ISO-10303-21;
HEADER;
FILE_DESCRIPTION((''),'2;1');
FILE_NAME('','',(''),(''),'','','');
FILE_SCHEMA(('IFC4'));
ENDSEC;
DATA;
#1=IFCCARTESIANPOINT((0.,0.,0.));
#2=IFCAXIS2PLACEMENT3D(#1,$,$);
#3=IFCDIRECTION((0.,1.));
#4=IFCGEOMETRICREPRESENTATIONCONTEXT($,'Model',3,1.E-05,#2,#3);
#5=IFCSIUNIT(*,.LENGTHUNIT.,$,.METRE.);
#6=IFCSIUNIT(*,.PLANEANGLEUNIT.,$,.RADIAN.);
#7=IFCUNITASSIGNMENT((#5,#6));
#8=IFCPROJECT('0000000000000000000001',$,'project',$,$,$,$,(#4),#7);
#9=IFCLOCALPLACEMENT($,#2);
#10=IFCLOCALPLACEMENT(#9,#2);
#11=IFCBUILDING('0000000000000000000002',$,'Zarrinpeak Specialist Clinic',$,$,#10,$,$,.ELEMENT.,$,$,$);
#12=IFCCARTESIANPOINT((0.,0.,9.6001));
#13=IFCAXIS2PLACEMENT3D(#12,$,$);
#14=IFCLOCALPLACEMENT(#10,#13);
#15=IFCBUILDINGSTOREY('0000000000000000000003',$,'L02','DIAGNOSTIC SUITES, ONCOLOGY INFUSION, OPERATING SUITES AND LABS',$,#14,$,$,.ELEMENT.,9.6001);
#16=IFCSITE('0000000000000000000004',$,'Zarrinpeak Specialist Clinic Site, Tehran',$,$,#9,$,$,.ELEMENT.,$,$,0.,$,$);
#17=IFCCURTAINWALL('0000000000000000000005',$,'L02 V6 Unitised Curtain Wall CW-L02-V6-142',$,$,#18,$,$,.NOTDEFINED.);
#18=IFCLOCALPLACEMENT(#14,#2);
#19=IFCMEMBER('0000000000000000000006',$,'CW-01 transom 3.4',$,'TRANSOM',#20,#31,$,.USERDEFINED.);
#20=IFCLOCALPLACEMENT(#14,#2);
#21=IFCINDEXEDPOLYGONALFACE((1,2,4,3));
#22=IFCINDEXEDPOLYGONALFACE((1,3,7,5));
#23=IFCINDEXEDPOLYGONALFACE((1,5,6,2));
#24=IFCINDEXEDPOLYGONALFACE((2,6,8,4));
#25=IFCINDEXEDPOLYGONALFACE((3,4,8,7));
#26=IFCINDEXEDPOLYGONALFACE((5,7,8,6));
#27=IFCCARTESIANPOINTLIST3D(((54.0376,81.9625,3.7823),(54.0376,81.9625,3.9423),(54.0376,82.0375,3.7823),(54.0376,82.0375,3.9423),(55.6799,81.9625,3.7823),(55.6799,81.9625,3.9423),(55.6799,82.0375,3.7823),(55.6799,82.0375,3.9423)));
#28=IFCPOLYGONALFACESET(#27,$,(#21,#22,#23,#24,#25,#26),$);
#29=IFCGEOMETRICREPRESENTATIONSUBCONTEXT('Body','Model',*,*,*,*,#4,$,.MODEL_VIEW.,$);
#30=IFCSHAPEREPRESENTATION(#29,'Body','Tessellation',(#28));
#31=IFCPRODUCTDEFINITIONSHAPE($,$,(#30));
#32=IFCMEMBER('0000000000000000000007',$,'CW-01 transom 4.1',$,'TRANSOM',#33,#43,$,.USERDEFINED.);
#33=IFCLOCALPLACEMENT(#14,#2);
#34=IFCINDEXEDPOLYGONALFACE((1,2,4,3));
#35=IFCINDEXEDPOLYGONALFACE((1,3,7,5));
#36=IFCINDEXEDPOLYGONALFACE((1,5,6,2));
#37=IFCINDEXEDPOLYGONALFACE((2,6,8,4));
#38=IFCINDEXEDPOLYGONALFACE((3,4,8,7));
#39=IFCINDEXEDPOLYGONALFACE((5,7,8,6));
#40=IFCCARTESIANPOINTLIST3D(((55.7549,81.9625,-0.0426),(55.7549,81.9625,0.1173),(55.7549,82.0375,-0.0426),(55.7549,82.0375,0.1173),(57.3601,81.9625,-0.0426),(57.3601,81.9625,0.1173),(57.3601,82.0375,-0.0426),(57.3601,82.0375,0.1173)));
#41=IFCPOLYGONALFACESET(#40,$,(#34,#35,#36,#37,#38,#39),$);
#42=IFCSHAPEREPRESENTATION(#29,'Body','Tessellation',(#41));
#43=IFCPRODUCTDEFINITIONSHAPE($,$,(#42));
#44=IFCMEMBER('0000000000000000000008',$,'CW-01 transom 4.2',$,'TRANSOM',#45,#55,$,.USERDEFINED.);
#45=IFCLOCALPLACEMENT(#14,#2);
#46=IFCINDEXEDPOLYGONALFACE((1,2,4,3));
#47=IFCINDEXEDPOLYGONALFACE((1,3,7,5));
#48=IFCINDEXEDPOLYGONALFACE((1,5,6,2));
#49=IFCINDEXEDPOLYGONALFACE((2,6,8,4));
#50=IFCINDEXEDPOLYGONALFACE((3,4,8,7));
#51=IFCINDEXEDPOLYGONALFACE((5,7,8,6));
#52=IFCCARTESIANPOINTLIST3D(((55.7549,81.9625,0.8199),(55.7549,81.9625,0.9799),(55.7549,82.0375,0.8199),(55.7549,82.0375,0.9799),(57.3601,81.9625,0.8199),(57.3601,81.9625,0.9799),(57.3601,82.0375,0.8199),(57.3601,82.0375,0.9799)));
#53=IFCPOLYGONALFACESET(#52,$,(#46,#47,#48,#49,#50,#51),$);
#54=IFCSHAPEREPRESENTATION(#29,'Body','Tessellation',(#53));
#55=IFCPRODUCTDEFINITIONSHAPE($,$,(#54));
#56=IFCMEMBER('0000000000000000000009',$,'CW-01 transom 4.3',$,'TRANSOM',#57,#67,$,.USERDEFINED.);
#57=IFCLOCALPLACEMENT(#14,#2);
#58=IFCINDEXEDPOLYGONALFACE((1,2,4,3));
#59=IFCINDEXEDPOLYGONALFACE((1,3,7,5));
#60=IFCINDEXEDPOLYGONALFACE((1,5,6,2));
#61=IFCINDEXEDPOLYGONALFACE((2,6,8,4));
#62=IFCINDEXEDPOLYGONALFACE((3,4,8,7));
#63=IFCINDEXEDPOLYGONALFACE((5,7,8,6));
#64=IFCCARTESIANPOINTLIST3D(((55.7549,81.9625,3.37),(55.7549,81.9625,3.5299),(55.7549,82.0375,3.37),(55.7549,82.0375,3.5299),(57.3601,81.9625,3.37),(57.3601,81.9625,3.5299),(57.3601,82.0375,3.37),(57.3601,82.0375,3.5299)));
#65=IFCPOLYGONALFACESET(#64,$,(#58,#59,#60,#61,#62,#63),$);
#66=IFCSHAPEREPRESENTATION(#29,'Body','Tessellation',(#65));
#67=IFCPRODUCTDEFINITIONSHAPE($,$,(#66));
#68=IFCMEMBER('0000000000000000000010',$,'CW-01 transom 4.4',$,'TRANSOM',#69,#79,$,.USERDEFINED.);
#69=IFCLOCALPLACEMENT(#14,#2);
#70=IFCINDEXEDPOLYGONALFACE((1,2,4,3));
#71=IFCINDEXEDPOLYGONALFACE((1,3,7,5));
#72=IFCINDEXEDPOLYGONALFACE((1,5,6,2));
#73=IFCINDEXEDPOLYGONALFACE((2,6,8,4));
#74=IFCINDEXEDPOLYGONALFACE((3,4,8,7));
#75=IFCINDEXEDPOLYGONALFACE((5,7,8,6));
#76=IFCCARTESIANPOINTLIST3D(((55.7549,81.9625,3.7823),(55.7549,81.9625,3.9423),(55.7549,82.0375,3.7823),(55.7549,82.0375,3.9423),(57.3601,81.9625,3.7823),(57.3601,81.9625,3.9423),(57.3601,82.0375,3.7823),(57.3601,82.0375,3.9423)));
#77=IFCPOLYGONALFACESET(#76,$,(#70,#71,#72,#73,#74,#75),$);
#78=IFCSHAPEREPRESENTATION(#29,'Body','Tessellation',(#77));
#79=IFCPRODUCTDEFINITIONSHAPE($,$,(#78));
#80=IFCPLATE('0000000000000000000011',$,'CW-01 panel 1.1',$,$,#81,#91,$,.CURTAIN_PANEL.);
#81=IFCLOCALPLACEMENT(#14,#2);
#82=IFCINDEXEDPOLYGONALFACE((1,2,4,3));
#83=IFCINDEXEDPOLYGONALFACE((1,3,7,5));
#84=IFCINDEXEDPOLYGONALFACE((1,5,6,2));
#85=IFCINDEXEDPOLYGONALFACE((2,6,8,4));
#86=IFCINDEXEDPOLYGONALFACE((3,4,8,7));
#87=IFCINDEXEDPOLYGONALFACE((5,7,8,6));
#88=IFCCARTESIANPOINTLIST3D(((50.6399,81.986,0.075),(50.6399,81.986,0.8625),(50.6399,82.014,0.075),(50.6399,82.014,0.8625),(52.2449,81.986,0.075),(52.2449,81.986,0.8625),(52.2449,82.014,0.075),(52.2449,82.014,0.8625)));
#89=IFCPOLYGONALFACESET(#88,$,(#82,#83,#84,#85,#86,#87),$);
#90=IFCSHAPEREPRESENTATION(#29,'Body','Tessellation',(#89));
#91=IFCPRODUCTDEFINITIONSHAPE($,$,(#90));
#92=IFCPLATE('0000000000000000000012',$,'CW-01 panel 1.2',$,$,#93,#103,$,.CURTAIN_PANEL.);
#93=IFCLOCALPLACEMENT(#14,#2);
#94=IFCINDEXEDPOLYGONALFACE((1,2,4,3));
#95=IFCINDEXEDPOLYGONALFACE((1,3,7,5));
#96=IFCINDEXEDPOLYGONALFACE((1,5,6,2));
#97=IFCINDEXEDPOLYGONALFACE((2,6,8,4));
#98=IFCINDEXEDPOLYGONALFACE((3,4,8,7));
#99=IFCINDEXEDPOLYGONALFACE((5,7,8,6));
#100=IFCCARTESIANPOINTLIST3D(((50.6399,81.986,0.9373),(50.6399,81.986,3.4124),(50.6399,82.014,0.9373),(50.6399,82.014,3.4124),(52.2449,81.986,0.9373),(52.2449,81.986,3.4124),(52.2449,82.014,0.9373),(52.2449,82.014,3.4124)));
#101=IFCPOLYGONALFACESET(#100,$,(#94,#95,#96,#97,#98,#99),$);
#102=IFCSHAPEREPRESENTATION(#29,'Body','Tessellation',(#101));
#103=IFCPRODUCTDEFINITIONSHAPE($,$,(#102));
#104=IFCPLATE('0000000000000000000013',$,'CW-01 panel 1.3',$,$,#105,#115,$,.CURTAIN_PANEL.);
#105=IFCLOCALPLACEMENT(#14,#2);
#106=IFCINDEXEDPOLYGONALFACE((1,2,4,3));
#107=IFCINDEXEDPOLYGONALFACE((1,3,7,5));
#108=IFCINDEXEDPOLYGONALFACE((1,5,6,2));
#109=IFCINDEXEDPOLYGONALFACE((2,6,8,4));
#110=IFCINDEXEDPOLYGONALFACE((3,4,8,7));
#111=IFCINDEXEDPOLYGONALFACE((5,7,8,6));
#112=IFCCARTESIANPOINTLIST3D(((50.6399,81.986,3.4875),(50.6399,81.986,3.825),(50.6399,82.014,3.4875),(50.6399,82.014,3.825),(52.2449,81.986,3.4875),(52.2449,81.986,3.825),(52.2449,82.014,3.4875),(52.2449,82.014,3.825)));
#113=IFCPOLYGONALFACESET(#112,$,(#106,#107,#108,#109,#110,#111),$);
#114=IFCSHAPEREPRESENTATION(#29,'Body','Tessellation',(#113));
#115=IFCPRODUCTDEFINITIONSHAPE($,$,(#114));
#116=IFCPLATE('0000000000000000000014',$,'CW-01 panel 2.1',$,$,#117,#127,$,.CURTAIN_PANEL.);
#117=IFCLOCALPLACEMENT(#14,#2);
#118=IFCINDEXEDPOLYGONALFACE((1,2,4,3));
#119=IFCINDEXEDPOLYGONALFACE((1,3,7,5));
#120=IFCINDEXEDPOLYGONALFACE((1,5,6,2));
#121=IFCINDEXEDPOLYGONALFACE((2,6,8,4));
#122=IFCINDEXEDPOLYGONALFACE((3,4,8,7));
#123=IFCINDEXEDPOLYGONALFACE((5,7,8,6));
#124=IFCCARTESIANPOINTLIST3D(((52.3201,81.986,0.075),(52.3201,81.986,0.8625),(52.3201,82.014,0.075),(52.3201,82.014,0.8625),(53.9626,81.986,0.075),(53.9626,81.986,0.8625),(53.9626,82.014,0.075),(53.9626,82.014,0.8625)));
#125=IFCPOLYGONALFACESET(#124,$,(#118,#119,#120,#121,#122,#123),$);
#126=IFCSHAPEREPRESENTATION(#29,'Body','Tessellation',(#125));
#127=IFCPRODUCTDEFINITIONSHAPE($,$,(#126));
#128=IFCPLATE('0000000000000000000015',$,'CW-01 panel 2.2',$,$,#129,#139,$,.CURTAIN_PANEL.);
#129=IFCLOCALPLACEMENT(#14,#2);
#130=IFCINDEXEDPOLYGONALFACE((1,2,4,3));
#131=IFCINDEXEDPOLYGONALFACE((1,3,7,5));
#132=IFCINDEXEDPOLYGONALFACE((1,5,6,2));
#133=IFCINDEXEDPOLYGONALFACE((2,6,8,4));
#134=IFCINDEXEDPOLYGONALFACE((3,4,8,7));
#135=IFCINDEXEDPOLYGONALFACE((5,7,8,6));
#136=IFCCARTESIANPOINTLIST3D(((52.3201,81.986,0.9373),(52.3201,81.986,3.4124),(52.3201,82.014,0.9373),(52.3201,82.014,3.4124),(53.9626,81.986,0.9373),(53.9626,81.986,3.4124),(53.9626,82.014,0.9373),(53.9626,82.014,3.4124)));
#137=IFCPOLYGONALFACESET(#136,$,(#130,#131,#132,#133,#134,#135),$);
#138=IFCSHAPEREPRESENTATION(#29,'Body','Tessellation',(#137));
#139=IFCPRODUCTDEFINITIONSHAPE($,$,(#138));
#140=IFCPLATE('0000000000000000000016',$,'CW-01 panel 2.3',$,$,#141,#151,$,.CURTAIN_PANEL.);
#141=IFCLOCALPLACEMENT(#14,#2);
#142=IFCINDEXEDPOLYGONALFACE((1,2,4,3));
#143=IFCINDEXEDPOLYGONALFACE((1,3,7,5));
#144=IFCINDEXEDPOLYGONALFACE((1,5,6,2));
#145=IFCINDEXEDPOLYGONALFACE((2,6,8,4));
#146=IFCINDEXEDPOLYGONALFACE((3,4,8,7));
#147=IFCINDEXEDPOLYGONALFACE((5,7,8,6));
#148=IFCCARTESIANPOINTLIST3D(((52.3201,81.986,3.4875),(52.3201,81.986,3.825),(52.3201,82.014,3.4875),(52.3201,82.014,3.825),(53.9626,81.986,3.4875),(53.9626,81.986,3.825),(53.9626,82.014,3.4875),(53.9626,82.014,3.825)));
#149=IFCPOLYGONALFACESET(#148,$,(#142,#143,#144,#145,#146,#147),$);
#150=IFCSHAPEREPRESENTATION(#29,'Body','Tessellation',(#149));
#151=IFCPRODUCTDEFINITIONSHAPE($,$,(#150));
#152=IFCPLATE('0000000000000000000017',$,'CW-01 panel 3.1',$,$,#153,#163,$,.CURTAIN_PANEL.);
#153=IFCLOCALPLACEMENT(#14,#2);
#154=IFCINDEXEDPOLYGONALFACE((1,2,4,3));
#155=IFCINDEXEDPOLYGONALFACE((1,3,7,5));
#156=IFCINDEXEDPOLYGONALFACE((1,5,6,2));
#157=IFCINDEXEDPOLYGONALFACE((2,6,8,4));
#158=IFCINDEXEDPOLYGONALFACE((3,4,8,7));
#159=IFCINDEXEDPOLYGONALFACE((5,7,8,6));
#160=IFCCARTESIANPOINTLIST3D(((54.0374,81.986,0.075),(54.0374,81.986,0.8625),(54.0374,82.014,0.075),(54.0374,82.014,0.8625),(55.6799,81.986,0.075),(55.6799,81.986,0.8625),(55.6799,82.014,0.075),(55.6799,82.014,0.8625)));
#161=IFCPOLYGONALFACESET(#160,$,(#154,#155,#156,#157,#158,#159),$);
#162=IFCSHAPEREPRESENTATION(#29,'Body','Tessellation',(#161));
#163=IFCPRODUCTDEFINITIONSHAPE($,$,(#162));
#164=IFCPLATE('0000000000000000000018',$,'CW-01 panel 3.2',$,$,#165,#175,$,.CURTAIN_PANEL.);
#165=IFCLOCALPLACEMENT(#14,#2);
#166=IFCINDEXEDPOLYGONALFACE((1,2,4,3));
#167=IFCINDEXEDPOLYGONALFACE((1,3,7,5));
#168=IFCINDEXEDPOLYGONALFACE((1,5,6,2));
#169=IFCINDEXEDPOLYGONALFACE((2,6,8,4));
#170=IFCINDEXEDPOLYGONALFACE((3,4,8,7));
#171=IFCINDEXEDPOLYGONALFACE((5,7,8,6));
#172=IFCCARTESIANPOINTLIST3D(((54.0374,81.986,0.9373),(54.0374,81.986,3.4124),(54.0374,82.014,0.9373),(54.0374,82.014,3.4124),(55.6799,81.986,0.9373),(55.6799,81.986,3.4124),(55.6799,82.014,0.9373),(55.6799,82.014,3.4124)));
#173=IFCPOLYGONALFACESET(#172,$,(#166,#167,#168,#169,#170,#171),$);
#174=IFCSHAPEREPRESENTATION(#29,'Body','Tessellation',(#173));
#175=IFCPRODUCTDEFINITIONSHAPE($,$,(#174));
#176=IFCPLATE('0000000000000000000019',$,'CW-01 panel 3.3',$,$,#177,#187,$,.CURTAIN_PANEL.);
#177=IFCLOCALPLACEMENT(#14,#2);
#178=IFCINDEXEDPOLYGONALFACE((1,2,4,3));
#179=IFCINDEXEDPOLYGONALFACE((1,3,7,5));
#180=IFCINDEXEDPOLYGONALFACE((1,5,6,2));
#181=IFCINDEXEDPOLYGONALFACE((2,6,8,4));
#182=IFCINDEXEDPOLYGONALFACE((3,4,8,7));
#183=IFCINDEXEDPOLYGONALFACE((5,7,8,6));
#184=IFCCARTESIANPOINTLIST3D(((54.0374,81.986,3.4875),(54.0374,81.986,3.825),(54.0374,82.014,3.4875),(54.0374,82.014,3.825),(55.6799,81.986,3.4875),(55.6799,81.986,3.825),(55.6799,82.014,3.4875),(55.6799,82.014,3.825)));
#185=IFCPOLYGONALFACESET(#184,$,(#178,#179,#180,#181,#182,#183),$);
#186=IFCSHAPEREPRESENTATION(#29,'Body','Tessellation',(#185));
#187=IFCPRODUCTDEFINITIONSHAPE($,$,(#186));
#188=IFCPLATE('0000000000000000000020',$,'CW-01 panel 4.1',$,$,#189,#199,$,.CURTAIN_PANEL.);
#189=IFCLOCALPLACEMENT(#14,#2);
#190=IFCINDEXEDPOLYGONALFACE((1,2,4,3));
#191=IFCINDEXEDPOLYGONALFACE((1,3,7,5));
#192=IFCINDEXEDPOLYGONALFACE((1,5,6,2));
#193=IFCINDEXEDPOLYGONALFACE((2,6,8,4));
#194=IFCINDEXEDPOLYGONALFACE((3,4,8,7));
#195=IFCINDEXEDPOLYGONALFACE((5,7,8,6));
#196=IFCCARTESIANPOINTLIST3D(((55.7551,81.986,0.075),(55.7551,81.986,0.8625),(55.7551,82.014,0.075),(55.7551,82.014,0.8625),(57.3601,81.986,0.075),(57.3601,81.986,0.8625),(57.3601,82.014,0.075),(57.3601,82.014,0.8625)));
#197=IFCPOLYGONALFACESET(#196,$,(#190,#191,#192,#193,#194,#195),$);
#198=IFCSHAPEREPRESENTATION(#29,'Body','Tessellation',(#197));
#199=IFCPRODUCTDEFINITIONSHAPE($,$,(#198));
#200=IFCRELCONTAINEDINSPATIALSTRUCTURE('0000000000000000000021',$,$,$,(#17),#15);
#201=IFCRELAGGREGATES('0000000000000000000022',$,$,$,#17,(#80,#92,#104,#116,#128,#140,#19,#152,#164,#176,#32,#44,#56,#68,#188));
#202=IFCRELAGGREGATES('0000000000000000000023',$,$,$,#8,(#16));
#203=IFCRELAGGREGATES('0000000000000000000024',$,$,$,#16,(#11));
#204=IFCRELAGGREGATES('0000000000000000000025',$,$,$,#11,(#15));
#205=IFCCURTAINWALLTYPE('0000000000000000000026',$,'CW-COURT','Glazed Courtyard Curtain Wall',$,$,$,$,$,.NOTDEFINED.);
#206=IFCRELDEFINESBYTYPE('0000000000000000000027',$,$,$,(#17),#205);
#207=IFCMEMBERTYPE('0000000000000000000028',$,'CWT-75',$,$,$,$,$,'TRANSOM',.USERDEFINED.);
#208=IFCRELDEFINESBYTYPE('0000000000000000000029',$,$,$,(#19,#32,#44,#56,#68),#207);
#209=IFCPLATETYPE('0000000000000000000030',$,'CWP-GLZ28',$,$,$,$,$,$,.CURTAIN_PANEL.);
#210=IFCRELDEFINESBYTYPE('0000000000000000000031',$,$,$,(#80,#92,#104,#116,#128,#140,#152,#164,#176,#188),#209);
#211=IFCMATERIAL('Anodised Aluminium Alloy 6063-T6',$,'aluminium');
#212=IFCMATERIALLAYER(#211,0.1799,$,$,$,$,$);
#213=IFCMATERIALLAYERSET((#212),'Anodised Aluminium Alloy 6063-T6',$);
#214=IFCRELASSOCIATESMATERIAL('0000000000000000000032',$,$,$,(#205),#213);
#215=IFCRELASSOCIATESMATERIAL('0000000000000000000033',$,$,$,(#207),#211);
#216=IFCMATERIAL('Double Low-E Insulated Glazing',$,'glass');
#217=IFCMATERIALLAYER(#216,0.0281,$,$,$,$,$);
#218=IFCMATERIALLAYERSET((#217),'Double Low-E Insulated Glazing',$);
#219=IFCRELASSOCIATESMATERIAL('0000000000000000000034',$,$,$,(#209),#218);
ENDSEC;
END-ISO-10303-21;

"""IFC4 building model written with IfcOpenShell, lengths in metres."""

from ifc_helpers import new_model, si_unit, direction, frame, origin, origin_2d, place, context, subcontext, project, spatial, rectangle, extrude, material, layer, layer_set, material_profile, profile_set, type_object, element, aggregate, save


model = new_model("IFC4")

# Units and contexts
model_context = context("Model", 3, precision=1e-05, world=origin(), true_north=direction((0.0, 1.0)))
body_context = subcontext(model_context, "Body", "Model", "MODEL_VIEW")
ifc_project = project(units=[si_unit("LENGTHUNIT", "METRE"), si_unit("PLANEANGLEUNIT", "RADIAN")], contexts=[model_context])

# Site, building, storey
site_placement = place(None, origin())
site = spatial("IfcSite", under=ifc_project, at=site_placement, Name="Zarrinpeak Specialist Clinic Site, Tehran", CompositionType="ELEMENT", RefElevation=0.0)
building_placement = place(site_placement, origin())
building = spatial("IfcBuilding", under=site, at=building_placement, Name="Zarrinpeak Specialist Clinic", CompositionType="ELEMENT")
storey_placement = place(building_placement, frame((0.0, 0.0, 9.6001)))
storey = spatial("IfcBuildingStorey", under=building, at=storey_placement, Name="L02", Description="DIAGNOSTIC SUITES, ONCOLOGY INFUSION, OPERATING SUITES AND LABS", CompositionType="ELEMENT", Elevation=9.6001)

# Curtain wall, members, plates
ifc_material_1 = material(Name="Anodised Aluminium Alloy 6063-T6", Category="aluminium")
ifc_layer_1 = layer(ifc_material_1, 0.1799)
ifc_layer_set_1 = layer_set([ifc_layer_1], Name="Anodised Aluminium Alloy 6063-T6")
curtain_wall_type = type_object("IfcCurtainWallType", Name="CW-COURT", Description="Glazed Courtyard Curtain Wall", PredefinedType="NOTDEFINED", material=ifc_layer_set_1)
curtain_wall_placement = place(storey_placement, origin())
curtain_wall = element("IfcCurtainWall", 1, at=curtain_wall_placement, inside=storey, type_object=curtain_wall_type, Name="L02 V6 Unitised Curtain Wall CW-L02-V6-142", PredefinedType="NOTDEFINED")
ifc_material_profile_1 = material_profile(ifc_material_1, rectangle(XDim=0.075, YDim=0.1599, at=origin_2d()), Name="ALU 75x160")
ifc_profile_set_1 = profile_set([ifc_material_profile_1], Name="Anodised Aluminium Alloy 6063-T6")
member_type_1 = type_object("IfcMemberType", Name="CWT-75", ElementType="TRANSOM", PredefinedType="USERDEFINED", material=ifc_profile_set_1)
member_1_placement = place(storey_placement, frame((54.0376, 82.0, 3.8623), z_axis=(1.0, 0.0, 0.0), x_axis=(0.0, 1.0, 0.0)))
member_1 = element("IfcMember", 2, at=member_1_placement, type_object=member_type_1, Name="CW-01 transom 3.4", ObjectType="TRANSOM", PredefinedType="USERDEFINED", context=body_context, shape_type="SweptSolid", body=[
    extrude(rectangle(XDim=0.075, YDim=0.1599, at=origin_2d()), origin(), (0.0, 0.0, 1.0), 1.6423),
])
member_2_placement = place(storey_placement, frame((55.7549, 82.0, 0.0374), z_axis=(1.0, 0.0, 0.0), x_axis=(0.0, 1.0, 0.0)))
member_2 = element("IfcMember", 3, at=member_2_placement, type_object=member_type_1, Name="CW-01 transom 4.1", ObjectType="TRANSOM", PredefinedType="USERDEFINED", context=body_context, shape_type="SweptSolid", body=[
    extrude(rectangle(XDim=0.075, YDim=0.1599, at=origin_2d()), origin(), (0.0, 0.0, 1.0), 1.6052),
])
member_3_placement = place(storey_placement, frame((55.7549, 82.0, 0.8999), z_axis=(1.0, 0.0, 0.0), x_axis=(0.0, 1.0, 0.0)))
member_3 = element("IfcMember", 4, at=member_3_placement, type_object=member_type_1, Name="CW-01 transom 4.2", ObjectType="TRANSOM", PredefinedType="USERDEFINED", context=body_context, shape_type="SweptSolid", body=[
    extrude(rectangle(XDim=0.075, YDim=0.1599, at=origin_2d()), origin(), (0.0, 0.0, 1.0), 1.6052),
])
member_4_placement = place(storey_placement, frame((55.7549, 82.0, 3.45), z_axis=(1.0, 0.0, 0.0), x_axis=(0.0, 1.0, 0.0)))
member_4 = element("IfcMember", 5, at=member_4_placement, type_object=member_type_1, Name="CW-01 transom 4.3", ObjectType="TRANSOM", PredefinedType="USERDEFINED", context=body_context, shape_type="SweptSolid", body=[
    extrude(rectangle(XDim=0.075, YDim=0.1599, at=origin_2d()), origin(), (0.0, 0.0, 1.0), 1.6052),
])
member_5_placement = place(storey_placement, frame((55.7549, 82.0, 3.8623), z_axis=(1.0, 0.0, 0.0), x_axis=(0.0, 1.0, 0.0)))
member_5 = element("IfcMember", 6, at=member_5_placement, type_object=member_type_1, Name="CW-01 transom 4.4", ObjectType="TRANSOM", PredefinedType="USERDEFINED", context=body_context, shape_type="SweptSolid", body=[
    extrude(rectangle(XDim=0.075, YDim=0.1599, at=origin_2d()), origin(), (0.0, 0.0, 1.0), 1.6052),
])
ifc_material_2 = material(Name="Double Low-E Insulated Glazing", Category="glass")
ifc_layer_2 = layer(ifc_material_2, 0.0281)
ifc_layer_set_2 = layer_set([ifc_layer_2], Name="Double Low-E Insulated Glazing")
plate_type = type_object("IfcPlateType", Name="CWP-GLZ28", PredefinedType="CURTAIN_PANEL", material=ifc_layer_set_2)
plate_1_placement = place(storey_placement, frame((51.4424, 82.0, 0.075), z_axis=(0.0, 0.0, 1.0), x_axis=(1.0, 0.0, 0.0)))
plate_1 = element("IfcPlate", 7, at=plate_1_placement, type_object=plate_type, Name="CW-01 panel 1.1", PredefinedType="CURTAIN_PANEL", context=body_context, shape_type="SweptSolid", body=[
    extrude(rectangle(XDim=1.605, YDim=0.0281, at=origin_2d()), origin(), (0.0, 0.0, 1.0), 0.7876),
])
plate_2_placement = place(storey_placement, frame((51.4424, 82.0, 0.9373), z_axis=(0.0, 0.0, 1.0), x_axis=(1.0, 0.0, 0.0)))
plate_2 = element("IfcPlate", 8, at=plate_2_placement, type_object=plate_type, Name="CW-01 panel 1.2", PredefinedType="CURTAIN_PANEL", context=body_context, shape_type="SweptSolid", body=[
    extrude(rectangle(XDim=1.605, YDim=0.0281, at=origin_2d()), origin(), (0.0, 0.0, 1.0), 2.4751),
])
plate_3_placement = place(storey_placement, frame((51.4424, 82.0, 3.4875), z_axis=(0.0, 0.0, 1.0), x_axis=(1.0, 0.0, 0.0)))
plate_3 = element("IfcPlate", 9, at=plate_3_placement, type_object=plate_type, Name="CW-01 panel 1.3", PredefinedType="CURTAIN_PANEL", context=body_context, shape_type="SweptSolid", body=[
    extrude(rectangle(XDim=1.605, YDim=0.0281, at=origin_2d()), origin(), (0.0, 0.0, 1.0), 0.3374),
])
plate_4_placement = place(storey_placement, frame((53.1414, 82.0, 0.075), z_axis=(0.0, 0.0, 1.0), x_axis=(1.0, 0.0, 0.0)))
plate_4 = element("IfcPlate", 10, at=plate_4_placement, type_object=plate_type, Name="CW-01 panel 2.1", PredefinedType="CURTAIN_PANEL", context=body_context, shape_type="SweptSolid", body=[
    extrude(rectangle(XDim=1.6426, YDim=0.0281, at=origin_2d()), origin(), (0.0, 0.0, 1.0), 0.7876),
])
plate_5_placement = place(storey_placement, frame((53.1414, 82.0, 0.9373), z_axis=(0.0, 0.0, 1.0), x_axis=(1.0, 0.0, 0.0)))
plate_5 = element("IfcPlate", 11, at=plate_5_placement, type_object=plate_type, Name="CW-01 panel 2.2", PredefinedType="CURTAIN_PANEL", context=body_context, shape_type="SweptSolid", body=[
    extrude(rectangle(XDim=1.6426, YDim=0.0281, at=origin_2d()), origin(), (0.0, 0.0, 1.0), 2.4751),
])
plate_6_placement = place(storey_placement, frame((53.1414, 82.0, 3.4875), z_axis=(0.0, 0.0, 1.0), x_axis=(1.0, 0.0, 0.0)))
plate_6 = element("IfcPlate", 12, at=plate_6_placement, type_object=plate_type, Name="CW-01 panel 2.3", PredefinedType="CURTAIN_PANEL", context=body_context, shape_type="SweptSolid", body=[
    extrude(rectangle(XDim=1.6426, YDim=0.0281, at=origin_2d()), origin(), (0.0, 0.0, 1.0), 0.3374),
])
plate_7_placement = place(storey_placement, frame((54.8586, 82.0, 0.075), z_axis=(0.0, 0.0, 1.0), x_axis=(1.0, 0.0, 0.0)))
plate_7 = element("IfcPlate", 13, at=plate_7_placement, type_object=plate_type, Name="CW-01 panel 3.1", PredefinedType="CURTAIN_PANEL", context=body_context, shape_type="SweptSolid", body=[
    extrude(rectangle(XDim=1.6426, YDim=0.0281, at=origin_2d()), origin(), (0.0, 0.0, 1.0), 0.7876),
])
plate_8_placement = place(storey_placement, frame((54.8586, 82.0, 0.9373), z_axis=(0.0, 0.0, 1.0), x_axis=(1.0, 0.0, 0.0)))
plate_8 = element("IfcPlate", 14, at=plate_8_placement, type_object=plate_type, Name="CW-01 panel 3.2", PredefinedType="CURTAIN_PANEL", context=body_context, shape_type="SweptSolid", body=[
    extrude(rectangle(XDim=1.6426, YDim=0.0281, at=origin_2d()), origin(), (0.0, 0.0, 1.0), 2.4751),
])
plate_9_placement = place(storey_placement, frame((54.8586, 82.0, 3.4875), z_axis=(0.0, 0.0, 1.0), x_axis=(1.0, 0.0, 0.0)))
plate_9 = element("IfcPlate", 15, at=plate_9_placement, type_object=plate_type, Name="CW-01 panel 3.3", PredefinedType="CURTAIN_PANEL", context=body_context, shape_type="SweptSolid", body=[
    extrude(rectangle(XDim=1.6426, YDim=0.0281, at=origin_2d()), origin(), (0.0, 0.0, 1.0), 0.3374),
])
plate_10_placement = place(storey_placement, frame((56.5576, 82.0, 0.075), z_axis=(0.0, 0.0, 1.0), x_axis=(1.0, 0.0, 0.0)))
plate_10 = element("IfcPlate", 16, at=plate_10_placement, type_object=plate_type, Name="CW-01 panel 4.1", PredefinedType="CURTAIN_PANEL", context=body_context, shape_type="SweptSolid", body=[
    extrude(rectangle(XDim=1.605, YDim=0.0281, at=origin_2d()), origin(), (0.0, 0.0, 1.0), 0.7876),
])
aggregate(curtain_wall, [plate_1, plate_2, plate_3, plate_4, plate_5, plate_6, member_1, plate_7, plate_8, plate_9, member_2, member_3, member_4, member_5, plate_10])

save(model, "model.ifc")
